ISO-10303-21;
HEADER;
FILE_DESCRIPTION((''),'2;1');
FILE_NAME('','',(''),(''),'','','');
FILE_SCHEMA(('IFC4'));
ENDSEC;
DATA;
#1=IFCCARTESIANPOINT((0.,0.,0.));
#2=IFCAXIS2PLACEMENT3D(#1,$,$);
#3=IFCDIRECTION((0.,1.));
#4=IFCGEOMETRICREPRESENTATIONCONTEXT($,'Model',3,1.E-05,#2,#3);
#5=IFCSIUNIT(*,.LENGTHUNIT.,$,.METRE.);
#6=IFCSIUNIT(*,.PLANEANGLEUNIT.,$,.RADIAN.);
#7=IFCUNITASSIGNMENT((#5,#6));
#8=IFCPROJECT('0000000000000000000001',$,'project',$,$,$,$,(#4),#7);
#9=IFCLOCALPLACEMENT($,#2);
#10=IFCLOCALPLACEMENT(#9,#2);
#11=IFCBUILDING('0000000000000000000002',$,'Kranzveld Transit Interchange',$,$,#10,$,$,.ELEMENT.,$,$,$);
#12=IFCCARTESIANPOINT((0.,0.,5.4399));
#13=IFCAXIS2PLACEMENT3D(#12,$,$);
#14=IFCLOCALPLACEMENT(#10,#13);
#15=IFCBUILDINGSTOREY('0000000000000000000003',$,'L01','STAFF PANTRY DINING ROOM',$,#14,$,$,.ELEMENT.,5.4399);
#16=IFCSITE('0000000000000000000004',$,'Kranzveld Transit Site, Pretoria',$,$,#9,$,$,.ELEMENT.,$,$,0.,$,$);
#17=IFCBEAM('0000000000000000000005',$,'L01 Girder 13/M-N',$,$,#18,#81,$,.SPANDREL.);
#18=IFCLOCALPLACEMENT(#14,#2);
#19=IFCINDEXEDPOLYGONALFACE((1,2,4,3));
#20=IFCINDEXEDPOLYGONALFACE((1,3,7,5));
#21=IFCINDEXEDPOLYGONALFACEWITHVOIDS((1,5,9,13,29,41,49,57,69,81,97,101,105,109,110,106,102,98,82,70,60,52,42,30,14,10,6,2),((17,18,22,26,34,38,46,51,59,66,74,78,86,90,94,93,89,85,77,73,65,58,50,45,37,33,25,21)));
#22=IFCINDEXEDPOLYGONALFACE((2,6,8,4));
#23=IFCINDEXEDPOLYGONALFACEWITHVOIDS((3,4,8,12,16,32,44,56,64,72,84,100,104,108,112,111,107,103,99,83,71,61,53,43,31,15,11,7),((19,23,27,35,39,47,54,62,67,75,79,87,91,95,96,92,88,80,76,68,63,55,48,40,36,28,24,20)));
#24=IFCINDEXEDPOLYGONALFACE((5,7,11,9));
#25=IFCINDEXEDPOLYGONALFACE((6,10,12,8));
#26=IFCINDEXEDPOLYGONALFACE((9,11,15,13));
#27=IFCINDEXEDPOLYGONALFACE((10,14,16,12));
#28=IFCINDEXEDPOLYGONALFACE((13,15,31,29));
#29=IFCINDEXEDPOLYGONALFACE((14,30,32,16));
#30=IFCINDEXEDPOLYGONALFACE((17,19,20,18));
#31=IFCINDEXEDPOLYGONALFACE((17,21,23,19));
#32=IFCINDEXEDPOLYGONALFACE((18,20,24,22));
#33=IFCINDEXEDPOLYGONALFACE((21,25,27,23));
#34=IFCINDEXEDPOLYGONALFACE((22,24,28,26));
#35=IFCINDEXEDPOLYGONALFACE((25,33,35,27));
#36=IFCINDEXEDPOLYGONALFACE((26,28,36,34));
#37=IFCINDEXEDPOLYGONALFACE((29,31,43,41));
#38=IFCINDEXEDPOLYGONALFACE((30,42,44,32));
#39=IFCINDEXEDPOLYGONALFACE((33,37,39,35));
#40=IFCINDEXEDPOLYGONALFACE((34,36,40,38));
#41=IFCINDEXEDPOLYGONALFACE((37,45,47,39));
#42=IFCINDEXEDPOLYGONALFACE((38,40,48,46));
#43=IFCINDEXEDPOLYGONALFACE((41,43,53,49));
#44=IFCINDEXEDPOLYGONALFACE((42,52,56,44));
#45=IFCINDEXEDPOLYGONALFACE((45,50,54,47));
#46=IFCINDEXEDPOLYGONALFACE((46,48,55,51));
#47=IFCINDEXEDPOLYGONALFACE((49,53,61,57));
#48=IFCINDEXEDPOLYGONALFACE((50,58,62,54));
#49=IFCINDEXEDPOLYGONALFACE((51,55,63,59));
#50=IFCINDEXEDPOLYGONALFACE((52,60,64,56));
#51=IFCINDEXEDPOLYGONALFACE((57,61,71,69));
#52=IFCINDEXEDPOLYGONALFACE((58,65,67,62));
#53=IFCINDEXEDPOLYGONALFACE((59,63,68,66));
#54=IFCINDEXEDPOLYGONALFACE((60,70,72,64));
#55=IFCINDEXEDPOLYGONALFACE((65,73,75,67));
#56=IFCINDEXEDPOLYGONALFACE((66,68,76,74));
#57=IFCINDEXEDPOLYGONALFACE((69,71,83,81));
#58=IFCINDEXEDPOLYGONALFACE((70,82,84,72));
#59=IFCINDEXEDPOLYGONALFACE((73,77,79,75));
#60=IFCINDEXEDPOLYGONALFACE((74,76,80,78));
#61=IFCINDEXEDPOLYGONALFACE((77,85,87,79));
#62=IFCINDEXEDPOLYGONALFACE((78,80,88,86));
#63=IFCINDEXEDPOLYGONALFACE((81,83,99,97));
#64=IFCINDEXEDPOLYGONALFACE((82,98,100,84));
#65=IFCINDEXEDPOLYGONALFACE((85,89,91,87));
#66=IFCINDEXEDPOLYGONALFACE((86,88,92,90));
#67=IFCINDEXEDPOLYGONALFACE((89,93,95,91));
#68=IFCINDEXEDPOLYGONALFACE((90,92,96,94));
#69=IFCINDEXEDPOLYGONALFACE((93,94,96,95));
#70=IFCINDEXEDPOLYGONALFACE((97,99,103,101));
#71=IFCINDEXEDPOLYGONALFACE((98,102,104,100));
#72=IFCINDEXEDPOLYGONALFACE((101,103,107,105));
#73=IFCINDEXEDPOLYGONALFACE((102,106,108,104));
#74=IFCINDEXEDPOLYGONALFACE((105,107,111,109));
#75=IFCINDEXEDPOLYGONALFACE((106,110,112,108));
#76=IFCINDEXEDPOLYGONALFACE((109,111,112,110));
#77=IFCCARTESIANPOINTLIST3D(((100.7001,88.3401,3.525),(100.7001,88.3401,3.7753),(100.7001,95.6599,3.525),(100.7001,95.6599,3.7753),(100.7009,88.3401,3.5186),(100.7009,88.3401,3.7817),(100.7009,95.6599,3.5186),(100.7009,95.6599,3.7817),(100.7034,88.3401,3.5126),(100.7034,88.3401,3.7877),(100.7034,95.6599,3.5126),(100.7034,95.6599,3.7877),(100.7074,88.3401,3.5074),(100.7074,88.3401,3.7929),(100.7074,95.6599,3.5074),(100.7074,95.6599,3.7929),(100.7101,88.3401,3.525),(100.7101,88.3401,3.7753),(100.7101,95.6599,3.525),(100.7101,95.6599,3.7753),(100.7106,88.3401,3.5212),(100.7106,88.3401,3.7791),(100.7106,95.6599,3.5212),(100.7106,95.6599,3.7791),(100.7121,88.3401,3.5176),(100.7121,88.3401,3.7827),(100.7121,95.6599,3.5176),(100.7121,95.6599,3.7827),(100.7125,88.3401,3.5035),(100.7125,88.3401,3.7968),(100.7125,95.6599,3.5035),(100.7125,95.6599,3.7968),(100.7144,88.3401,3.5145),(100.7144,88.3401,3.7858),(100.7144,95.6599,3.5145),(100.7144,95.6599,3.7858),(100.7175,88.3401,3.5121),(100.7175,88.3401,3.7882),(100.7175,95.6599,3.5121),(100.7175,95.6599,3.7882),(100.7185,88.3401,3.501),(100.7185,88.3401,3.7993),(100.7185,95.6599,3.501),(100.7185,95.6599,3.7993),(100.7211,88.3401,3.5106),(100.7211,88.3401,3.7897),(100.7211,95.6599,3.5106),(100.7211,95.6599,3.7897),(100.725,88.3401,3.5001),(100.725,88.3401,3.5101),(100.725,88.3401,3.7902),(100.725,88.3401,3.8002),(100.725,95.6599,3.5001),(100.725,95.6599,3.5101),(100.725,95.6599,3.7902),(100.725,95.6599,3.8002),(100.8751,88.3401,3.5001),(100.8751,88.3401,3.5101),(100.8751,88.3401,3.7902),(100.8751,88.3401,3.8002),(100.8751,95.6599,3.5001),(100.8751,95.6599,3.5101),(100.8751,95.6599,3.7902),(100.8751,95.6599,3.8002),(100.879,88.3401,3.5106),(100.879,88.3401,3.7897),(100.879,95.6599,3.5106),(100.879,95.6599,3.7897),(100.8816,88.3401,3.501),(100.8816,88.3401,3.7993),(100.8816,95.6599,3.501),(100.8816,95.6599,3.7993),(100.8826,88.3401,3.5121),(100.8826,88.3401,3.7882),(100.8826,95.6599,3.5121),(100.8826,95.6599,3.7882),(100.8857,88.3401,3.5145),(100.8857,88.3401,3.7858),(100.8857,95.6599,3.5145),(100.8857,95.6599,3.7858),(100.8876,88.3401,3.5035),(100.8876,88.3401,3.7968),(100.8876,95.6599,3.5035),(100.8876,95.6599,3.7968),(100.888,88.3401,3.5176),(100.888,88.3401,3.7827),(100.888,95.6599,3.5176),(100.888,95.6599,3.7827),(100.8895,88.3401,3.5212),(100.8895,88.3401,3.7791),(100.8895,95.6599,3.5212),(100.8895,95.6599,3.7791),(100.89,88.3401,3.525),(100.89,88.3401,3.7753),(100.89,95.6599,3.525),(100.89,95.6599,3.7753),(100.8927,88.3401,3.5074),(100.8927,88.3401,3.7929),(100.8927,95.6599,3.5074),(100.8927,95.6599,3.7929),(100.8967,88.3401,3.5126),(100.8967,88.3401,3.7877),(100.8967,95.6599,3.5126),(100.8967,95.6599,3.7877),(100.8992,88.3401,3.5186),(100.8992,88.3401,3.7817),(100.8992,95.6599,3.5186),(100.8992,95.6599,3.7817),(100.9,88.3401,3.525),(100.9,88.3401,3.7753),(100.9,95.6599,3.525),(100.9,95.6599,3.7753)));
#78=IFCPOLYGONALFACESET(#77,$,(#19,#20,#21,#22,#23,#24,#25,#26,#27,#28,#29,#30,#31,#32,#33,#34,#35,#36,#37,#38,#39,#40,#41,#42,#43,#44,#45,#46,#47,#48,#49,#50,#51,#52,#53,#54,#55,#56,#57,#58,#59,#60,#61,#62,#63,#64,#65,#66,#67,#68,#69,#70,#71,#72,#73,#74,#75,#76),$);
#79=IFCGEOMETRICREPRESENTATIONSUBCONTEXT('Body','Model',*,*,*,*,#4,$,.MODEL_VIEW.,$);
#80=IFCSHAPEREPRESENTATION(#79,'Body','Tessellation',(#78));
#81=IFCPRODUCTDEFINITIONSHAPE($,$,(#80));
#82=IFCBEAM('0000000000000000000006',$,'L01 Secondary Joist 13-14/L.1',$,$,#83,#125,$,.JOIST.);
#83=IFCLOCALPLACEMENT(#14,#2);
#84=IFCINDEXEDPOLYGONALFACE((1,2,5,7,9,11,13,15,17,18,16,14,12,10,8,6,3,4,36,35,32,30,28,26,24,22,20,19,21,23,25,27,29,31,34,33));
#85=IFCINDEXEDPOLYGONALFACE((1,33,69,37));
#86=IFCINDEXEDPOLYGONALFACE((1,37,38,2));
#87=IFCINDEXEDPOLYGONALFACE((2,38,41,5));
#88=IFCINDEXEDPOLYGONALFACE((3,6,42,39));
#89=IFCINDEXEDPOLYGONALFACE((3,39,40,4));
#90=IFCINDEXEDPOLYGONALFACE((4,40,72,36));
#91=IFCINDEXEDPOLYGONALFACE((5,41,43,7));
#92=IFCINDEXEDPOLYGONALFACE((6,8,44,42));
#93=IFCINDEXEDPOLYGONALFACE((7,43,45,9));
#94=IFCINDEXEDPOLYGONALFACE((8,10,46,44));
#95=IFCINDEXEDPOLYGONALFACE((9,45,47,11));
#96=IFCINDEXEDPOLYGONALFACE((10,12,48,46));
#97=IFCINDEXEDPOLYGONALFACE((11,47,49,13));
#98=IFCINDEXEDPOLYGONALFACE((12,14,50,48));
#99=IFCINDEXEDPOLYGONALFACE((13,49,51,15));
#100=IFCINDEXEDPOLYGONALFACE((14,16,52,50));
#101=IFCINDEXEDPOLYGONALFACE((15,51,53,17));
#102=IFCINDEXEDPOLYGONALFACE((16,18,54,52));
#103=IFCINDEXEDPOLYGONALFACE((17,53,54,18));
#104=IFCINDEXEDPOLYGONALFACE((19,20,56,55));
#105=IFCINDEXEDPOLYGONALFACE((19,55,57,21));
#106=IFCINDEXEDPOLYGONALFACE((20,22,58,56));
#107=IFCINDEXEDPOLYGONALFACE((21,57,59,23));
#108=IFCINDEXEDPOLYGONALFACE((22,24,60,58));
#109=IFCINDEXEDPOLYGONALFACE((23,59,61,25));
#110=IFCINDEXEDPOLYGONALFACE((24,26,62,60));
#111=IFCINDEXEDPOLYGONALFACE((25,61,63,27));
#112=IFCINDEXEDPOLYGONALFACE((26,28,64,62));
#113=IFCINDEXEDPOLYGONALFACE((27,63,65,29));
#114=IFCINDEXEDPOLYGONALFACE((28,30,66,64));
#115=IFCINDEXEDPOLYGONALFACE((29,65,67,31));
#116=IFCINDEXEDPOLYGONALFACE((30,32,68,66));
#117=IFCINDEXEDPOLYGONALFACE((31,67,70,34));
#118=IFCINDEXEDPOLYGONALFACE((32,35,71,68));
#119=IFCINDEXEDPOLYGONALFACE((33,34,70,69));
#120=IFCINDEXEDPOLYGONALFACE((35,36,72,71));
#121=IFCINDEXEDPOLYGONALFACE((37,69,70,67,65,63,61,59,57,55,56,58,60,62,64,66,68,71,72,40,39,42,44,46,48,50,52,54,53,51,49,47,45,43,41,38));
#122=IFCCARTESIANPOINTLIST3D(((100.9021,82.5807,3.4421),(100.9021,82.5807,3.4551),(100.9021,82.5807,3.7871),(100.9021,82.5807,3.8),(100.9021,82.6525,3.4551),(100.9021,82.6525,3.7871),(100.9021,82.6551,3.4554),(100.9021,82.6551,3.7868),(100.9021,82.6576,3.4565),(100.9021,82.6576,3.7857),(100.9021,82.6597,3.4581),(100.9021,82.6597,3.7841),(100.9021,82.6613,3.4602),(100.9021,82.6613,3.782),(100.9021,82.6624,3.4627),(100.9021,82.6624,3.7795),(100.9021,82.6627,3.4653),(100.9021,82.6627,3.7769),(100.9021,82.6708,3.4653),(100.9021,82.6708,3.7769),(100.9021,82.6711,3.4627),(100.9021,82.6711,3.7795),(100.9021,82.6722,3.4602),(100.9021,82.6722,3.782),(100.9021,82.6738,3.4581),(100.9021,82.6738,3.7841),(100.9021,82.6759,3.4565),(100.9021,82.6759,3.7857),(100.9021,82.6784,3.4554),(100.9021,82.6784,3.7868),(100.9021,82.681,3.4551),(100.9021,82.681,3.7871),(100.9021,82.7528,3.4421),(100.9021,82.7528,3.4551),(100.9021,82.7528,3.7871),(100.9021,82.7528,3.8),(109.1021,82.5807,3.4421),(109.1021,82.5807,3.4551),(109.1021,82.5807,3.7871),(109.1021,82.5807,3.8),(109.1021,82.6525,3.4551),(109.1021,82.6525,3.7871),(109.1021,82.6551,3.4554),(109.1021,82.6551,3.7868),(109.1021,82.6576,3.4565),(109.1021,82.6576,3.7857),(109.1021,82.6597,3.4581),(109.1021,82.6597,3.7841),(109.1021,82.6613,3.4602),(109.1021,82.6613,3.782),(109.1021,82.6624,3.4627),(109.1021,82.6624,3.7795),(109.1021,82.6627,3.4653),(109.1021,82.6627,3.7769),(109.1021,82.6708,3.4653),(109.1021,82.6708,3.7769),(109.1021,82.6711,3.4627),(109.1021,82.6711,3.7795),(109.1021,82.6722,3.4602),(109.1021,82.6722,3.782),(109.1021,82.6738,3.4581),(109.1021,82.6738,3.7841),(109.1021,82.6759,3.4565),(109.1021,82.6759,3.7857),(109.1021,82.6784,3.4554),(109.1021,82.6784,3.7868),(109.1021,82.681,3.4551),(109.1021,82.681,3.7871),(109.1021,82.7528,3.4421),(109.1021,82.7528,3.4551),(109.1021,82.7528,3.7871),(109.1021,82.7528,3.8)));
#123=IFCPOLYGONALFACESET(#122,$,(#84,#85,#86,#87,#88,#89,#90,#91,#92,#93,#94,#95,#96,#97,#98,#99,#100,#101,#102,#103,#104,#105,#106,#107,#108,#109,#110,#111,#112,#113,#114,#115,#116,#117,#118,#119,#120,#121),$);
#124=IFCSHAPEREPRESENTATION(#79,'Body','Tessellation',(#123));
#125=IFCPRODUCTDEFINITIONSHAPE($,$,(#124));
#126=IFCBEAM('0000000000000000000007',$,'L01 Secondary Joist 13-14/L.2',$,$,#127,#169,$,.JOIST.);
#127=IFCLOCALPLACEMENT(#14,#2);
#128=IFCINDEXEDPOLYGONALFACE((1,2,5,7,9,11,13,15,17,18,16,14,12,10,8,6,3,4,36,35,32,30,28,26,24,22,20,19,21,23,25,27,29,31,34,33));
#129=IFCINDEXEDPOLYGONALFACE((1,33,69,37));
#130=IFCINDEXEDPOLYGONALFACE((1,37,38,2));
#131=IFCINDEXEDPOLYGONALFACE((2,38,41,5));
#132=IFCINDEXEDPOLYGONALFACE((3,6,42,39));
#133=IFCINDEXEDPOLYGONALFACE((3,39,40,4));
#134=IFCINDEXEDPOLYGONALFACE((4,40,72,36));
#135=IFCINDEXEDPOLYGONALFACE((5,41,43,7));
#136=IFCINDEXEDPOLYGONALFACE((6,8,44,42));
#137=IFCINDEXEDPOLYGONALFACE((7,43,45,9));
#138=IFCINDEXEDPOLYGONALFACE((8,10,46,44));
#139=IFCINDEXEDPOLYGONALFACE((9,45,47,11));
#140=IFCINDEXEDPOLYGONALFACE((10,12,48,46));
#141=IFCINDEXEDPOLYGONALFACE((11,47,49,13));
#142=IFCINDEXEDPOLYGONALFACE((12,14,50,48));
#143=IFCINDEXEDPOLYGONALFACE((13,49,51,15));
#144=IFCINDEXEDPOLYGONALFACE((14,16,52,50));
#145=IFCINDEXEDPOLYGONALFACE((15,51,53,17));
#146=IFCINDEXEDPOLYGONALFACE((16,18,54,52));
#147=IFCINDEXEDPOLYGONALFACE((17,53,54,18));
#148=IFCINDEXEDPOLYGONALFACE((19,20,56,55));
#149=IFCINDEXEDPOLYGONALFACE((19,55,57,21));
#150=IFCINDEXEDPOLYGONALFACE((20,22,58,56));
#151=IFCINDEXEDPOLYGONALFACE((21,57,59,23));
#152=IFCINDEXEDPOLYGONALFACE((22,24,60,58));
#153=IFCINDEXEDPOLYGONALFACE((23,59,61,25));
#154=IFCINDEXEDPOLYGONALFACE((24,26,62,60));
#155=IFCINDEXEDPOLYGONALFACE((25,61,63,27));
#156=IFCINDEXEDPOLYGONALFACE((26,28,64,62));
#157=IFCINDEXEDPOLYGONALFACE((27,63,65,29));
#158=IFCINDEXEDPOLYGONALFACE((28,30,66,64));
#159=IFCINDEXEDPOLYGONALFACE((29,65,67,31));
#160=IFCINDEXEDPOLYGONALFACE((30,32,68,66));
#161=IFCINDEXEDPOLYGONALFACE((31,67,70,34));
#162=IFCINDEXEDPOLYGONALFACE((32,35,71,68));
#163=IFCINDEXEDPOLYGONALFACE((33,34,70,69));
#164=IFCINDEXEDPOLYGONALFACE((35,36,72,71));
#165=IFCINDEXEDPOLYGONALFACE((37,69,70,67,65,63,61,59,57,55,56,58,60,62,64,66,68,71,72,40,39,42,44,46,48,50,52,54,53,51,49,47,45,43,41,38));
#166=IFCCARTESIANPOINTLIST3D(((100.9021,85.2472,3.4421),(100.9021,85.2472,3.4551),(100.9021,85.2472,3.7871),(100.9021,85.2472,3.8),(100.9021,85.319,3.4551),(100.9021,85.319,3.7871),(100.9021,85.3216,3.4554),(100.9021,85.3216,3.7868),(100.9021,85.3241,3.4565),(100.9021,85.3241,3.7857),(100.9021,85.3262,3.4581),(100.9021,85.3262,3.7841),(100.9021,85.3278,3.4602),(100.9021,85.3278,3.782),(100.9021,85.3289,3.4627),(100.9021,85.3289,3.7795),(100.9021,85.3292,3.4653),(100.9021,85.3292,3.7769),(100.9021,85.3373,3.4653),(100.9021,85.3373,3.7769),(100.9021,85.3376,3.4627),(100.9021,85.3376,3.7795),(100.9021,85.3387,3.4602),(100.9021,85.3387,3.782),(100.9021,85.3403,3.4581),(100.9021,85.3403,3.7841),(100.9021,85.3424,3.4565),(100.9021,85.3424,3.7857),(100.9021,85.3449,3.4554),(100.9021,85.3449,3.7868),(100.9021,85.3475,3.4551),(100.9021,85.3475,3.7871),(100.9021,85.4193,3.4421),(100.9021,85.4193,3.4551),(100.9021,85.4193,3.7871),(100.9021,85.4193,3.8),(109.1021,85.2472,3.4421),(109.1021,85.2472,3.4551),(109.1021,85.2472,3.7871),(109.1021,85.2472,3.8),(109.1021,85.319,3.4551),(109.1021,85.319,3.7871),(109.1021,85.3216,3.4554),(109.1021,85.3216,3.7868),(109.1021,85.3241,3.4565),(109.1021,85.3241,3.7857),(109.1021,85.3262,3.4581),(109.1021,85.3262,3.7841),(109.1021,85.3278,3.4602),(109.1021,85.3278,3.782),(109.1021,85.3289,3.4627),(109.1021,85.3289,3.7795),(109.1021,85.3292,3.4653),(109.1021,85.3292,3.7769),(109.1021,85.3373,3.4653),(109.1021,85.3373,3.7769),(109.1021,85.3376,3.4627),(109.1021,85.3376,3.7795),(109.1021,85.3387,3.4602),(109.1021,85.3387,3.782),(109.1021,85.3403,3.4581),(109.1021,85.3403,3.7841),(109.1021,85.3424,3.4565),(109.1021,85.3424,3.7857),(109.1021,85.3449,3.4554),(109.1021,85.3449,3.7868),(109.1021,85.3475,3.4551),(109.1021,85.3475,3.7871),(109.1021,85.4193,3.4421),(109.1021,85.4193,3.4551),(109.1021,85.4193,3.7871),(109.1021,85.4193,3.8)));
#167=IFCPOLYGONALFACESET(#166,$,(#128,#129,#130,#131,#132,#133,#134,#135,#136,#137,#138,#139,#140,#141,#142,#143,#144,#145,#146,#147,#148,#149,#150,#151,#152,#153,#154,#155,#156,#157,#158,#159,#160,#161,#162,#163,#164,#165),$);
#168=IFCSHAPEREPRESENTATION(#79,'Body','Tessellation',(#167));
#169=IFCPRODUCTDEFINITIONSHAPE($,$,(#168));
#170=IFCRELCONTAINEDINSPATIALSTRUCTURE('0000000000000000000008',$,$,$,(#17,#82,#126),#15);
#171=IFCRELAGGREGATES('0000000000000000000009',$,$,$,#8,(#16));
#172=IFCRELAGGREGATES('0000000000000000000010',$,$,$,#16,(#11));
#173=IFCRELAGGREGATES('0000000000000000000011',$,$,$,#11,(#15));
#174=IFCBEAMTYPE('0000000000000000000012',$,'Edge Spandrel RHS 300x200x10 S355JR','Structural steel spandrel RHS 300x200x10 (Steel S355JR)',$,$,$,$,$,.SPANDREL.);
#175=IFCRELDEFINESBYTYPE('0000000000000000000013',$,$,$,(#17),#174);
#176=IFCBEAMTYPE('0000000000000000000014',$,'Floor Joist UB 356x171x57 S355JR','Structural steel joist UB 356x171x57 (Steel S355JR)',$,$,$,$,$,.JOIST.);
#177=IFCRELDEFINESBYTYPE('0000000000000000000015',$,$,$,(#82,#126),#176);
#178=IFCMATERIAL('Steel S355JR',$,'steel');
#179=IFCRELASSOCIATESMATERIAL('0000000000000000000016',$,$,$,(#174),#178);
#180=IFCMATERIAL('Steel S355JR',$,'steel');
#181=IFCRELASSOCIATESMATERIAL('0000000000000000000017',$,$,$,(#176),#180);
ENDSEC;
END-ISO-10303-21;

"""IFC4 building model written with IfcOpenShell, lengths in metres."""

from ifc_helpers import new_model, si_unit, direction, frame, origin, origin_2d, place, context, subcontext, project, spatial, hollow_rectangle, i_section, extrude, material, material_profile, profile_set, type_object, element, save


model = new_model("IFC4")

# Units and contexts
model_context = context("Model", 3, precision=1e-05, world=origin(), true_north=direction((0.0, 1.0)))
body_context = subcontext(model_context, "Body", "Model", "MODEL_VIEW")
ifc_project = project(units=[si_unit("LENGTHUNIT", "METRE"), si_unit("PLANEANGLEUNIT", "RADIAN")], contexts=[model_context])

# Site, building, storey
site_placement = place(None, origin())
site = spatial("IfcSite", under=ifc_project, at=site_placement, Name="Kranzveld Transit Site, Pretoria", CompositionType="ELEMENT", RefElevation=0.0)
building_placement = place(site_placement, origin())
building = spatial("IfcBuilding", under=site, at=building_placement, Name="Kranzveld Transit Interchange", CompositionType="ELEMENT")
storey_placement = place(building_placement, frame((0.0, 0.0, 5.4399)))
storey = spatial("IfcBuildingStorey", under=building, at=storey_placement, Name="L01", Description="STAFF PANTRY DINING ROOM", CompositionType="ELEMENT", Elevation=5.4399)

# Beams
ifc_material_1 = material(Name="Steel S355JR", Category="steel")
ifc_material_profile_1 = material_profile(ifc_material_1, hollow_rectangle(XDim=0.2, YDim=0.3, WallThickness=0.01, InnerFilletRadius=0.0149, OuterFilletRadius=0.0249, at=origin_2d()), Name="RHS 300x200x10")
ifc_profile_set_1 = profile_set([ifc_material_profile_1], Name="Steel S355JR")
beam_type_1 = type_object("IfcBeamType", Name="Edge Spandrel RHS 300x200x10 S355JR", Description="Structural steel spandrel RHS 300x200x10 (Steel S355JR)", PredefinedType="SPANDREL", material=ifc_profile_set_1)
for number, where, z_axis, x_axis, name in (
    (1, (100.8, 88.3401, 3.6501), (0.0, 1.0, 0.0), (-1.0, 0.0, 0.0), "L01 Girder 13/M-N"),
):
    element("IfcBeam", number, at=place(storey_placement, frame(where, z_axis=z_axis, x_axis=x_axis)), inside=storey, type_object=beam_type_1, Name=name, PredefinedType="SPANDREL", context=body_context, shape_type="SweptSolid", body=[
        extrude(hollow_rectangle(XDim=0.2, YDim=0.3, WallThickness=0.01, InnerFilletRadius=0.0149, OuterFilletRadius=0.0249, at=origin_2d()), origin(), (0.0, 0.0, 1.0), 7.3198),
    ])
ifc_material_2 = material(Name="Steel S355JR", Category="steel")
ifc_material_profile_2 = material_profile(ifc_material_2, i_section(OverallWidth=0.1721, OverallDepth=0.3579, WebThickness=0.0081, FlangeThickness=0.0129, FilletRadius=0.0103, at=origin_2d()), Name="UB 356x171x57")
ifc_profile_set_2 = profile_set([ifc_material_profile_2], Name="Steel S355JR")
beam_type_2 = type_object("IfcBeamType", Name="Floor Joist UB 356x171x57 S355JR", Description="Structural steel joist UB 356x171x57 (Steel S355JR)", PredefinedType="JOIST", material=ifc_profile_set_2)
for number, where, z_axis, x_axis, name in (
    (2, (100.9021, 82.6667, 3.6211), (1.0, 0.0, 0.0), (0.0, 1.0, 0.0), "L01 Secondary Joist 13-14/L.1"),
    (3, (100.9021, 85.3333, 3.6211), (1.0, 0.0, 0.0), (0.0, 1.0, 0.0), "L01 Secondary Joist 13-14/L.2"),
):
    element("IfcBeam", number, at=place(storey_placement, frame(where, z_axis=z_axis, x_axis=x_axis)), inside=storey, type_object=beam_type_2, Name=name, PredefinedType="JOIST", context=body_context, shape_type="SweptSolid", body=[
        extrude(i_section(OverallWidth=0.1721, OverallDepth=0.3579, WebThickness=0.0081, FlangeThickness=0.0129, FilletRadius=0.0103, at=origin_2d()), origin(), (0.0, 0.0, 1.0), 8.2),
    ])

save(model, "model.ifc")
